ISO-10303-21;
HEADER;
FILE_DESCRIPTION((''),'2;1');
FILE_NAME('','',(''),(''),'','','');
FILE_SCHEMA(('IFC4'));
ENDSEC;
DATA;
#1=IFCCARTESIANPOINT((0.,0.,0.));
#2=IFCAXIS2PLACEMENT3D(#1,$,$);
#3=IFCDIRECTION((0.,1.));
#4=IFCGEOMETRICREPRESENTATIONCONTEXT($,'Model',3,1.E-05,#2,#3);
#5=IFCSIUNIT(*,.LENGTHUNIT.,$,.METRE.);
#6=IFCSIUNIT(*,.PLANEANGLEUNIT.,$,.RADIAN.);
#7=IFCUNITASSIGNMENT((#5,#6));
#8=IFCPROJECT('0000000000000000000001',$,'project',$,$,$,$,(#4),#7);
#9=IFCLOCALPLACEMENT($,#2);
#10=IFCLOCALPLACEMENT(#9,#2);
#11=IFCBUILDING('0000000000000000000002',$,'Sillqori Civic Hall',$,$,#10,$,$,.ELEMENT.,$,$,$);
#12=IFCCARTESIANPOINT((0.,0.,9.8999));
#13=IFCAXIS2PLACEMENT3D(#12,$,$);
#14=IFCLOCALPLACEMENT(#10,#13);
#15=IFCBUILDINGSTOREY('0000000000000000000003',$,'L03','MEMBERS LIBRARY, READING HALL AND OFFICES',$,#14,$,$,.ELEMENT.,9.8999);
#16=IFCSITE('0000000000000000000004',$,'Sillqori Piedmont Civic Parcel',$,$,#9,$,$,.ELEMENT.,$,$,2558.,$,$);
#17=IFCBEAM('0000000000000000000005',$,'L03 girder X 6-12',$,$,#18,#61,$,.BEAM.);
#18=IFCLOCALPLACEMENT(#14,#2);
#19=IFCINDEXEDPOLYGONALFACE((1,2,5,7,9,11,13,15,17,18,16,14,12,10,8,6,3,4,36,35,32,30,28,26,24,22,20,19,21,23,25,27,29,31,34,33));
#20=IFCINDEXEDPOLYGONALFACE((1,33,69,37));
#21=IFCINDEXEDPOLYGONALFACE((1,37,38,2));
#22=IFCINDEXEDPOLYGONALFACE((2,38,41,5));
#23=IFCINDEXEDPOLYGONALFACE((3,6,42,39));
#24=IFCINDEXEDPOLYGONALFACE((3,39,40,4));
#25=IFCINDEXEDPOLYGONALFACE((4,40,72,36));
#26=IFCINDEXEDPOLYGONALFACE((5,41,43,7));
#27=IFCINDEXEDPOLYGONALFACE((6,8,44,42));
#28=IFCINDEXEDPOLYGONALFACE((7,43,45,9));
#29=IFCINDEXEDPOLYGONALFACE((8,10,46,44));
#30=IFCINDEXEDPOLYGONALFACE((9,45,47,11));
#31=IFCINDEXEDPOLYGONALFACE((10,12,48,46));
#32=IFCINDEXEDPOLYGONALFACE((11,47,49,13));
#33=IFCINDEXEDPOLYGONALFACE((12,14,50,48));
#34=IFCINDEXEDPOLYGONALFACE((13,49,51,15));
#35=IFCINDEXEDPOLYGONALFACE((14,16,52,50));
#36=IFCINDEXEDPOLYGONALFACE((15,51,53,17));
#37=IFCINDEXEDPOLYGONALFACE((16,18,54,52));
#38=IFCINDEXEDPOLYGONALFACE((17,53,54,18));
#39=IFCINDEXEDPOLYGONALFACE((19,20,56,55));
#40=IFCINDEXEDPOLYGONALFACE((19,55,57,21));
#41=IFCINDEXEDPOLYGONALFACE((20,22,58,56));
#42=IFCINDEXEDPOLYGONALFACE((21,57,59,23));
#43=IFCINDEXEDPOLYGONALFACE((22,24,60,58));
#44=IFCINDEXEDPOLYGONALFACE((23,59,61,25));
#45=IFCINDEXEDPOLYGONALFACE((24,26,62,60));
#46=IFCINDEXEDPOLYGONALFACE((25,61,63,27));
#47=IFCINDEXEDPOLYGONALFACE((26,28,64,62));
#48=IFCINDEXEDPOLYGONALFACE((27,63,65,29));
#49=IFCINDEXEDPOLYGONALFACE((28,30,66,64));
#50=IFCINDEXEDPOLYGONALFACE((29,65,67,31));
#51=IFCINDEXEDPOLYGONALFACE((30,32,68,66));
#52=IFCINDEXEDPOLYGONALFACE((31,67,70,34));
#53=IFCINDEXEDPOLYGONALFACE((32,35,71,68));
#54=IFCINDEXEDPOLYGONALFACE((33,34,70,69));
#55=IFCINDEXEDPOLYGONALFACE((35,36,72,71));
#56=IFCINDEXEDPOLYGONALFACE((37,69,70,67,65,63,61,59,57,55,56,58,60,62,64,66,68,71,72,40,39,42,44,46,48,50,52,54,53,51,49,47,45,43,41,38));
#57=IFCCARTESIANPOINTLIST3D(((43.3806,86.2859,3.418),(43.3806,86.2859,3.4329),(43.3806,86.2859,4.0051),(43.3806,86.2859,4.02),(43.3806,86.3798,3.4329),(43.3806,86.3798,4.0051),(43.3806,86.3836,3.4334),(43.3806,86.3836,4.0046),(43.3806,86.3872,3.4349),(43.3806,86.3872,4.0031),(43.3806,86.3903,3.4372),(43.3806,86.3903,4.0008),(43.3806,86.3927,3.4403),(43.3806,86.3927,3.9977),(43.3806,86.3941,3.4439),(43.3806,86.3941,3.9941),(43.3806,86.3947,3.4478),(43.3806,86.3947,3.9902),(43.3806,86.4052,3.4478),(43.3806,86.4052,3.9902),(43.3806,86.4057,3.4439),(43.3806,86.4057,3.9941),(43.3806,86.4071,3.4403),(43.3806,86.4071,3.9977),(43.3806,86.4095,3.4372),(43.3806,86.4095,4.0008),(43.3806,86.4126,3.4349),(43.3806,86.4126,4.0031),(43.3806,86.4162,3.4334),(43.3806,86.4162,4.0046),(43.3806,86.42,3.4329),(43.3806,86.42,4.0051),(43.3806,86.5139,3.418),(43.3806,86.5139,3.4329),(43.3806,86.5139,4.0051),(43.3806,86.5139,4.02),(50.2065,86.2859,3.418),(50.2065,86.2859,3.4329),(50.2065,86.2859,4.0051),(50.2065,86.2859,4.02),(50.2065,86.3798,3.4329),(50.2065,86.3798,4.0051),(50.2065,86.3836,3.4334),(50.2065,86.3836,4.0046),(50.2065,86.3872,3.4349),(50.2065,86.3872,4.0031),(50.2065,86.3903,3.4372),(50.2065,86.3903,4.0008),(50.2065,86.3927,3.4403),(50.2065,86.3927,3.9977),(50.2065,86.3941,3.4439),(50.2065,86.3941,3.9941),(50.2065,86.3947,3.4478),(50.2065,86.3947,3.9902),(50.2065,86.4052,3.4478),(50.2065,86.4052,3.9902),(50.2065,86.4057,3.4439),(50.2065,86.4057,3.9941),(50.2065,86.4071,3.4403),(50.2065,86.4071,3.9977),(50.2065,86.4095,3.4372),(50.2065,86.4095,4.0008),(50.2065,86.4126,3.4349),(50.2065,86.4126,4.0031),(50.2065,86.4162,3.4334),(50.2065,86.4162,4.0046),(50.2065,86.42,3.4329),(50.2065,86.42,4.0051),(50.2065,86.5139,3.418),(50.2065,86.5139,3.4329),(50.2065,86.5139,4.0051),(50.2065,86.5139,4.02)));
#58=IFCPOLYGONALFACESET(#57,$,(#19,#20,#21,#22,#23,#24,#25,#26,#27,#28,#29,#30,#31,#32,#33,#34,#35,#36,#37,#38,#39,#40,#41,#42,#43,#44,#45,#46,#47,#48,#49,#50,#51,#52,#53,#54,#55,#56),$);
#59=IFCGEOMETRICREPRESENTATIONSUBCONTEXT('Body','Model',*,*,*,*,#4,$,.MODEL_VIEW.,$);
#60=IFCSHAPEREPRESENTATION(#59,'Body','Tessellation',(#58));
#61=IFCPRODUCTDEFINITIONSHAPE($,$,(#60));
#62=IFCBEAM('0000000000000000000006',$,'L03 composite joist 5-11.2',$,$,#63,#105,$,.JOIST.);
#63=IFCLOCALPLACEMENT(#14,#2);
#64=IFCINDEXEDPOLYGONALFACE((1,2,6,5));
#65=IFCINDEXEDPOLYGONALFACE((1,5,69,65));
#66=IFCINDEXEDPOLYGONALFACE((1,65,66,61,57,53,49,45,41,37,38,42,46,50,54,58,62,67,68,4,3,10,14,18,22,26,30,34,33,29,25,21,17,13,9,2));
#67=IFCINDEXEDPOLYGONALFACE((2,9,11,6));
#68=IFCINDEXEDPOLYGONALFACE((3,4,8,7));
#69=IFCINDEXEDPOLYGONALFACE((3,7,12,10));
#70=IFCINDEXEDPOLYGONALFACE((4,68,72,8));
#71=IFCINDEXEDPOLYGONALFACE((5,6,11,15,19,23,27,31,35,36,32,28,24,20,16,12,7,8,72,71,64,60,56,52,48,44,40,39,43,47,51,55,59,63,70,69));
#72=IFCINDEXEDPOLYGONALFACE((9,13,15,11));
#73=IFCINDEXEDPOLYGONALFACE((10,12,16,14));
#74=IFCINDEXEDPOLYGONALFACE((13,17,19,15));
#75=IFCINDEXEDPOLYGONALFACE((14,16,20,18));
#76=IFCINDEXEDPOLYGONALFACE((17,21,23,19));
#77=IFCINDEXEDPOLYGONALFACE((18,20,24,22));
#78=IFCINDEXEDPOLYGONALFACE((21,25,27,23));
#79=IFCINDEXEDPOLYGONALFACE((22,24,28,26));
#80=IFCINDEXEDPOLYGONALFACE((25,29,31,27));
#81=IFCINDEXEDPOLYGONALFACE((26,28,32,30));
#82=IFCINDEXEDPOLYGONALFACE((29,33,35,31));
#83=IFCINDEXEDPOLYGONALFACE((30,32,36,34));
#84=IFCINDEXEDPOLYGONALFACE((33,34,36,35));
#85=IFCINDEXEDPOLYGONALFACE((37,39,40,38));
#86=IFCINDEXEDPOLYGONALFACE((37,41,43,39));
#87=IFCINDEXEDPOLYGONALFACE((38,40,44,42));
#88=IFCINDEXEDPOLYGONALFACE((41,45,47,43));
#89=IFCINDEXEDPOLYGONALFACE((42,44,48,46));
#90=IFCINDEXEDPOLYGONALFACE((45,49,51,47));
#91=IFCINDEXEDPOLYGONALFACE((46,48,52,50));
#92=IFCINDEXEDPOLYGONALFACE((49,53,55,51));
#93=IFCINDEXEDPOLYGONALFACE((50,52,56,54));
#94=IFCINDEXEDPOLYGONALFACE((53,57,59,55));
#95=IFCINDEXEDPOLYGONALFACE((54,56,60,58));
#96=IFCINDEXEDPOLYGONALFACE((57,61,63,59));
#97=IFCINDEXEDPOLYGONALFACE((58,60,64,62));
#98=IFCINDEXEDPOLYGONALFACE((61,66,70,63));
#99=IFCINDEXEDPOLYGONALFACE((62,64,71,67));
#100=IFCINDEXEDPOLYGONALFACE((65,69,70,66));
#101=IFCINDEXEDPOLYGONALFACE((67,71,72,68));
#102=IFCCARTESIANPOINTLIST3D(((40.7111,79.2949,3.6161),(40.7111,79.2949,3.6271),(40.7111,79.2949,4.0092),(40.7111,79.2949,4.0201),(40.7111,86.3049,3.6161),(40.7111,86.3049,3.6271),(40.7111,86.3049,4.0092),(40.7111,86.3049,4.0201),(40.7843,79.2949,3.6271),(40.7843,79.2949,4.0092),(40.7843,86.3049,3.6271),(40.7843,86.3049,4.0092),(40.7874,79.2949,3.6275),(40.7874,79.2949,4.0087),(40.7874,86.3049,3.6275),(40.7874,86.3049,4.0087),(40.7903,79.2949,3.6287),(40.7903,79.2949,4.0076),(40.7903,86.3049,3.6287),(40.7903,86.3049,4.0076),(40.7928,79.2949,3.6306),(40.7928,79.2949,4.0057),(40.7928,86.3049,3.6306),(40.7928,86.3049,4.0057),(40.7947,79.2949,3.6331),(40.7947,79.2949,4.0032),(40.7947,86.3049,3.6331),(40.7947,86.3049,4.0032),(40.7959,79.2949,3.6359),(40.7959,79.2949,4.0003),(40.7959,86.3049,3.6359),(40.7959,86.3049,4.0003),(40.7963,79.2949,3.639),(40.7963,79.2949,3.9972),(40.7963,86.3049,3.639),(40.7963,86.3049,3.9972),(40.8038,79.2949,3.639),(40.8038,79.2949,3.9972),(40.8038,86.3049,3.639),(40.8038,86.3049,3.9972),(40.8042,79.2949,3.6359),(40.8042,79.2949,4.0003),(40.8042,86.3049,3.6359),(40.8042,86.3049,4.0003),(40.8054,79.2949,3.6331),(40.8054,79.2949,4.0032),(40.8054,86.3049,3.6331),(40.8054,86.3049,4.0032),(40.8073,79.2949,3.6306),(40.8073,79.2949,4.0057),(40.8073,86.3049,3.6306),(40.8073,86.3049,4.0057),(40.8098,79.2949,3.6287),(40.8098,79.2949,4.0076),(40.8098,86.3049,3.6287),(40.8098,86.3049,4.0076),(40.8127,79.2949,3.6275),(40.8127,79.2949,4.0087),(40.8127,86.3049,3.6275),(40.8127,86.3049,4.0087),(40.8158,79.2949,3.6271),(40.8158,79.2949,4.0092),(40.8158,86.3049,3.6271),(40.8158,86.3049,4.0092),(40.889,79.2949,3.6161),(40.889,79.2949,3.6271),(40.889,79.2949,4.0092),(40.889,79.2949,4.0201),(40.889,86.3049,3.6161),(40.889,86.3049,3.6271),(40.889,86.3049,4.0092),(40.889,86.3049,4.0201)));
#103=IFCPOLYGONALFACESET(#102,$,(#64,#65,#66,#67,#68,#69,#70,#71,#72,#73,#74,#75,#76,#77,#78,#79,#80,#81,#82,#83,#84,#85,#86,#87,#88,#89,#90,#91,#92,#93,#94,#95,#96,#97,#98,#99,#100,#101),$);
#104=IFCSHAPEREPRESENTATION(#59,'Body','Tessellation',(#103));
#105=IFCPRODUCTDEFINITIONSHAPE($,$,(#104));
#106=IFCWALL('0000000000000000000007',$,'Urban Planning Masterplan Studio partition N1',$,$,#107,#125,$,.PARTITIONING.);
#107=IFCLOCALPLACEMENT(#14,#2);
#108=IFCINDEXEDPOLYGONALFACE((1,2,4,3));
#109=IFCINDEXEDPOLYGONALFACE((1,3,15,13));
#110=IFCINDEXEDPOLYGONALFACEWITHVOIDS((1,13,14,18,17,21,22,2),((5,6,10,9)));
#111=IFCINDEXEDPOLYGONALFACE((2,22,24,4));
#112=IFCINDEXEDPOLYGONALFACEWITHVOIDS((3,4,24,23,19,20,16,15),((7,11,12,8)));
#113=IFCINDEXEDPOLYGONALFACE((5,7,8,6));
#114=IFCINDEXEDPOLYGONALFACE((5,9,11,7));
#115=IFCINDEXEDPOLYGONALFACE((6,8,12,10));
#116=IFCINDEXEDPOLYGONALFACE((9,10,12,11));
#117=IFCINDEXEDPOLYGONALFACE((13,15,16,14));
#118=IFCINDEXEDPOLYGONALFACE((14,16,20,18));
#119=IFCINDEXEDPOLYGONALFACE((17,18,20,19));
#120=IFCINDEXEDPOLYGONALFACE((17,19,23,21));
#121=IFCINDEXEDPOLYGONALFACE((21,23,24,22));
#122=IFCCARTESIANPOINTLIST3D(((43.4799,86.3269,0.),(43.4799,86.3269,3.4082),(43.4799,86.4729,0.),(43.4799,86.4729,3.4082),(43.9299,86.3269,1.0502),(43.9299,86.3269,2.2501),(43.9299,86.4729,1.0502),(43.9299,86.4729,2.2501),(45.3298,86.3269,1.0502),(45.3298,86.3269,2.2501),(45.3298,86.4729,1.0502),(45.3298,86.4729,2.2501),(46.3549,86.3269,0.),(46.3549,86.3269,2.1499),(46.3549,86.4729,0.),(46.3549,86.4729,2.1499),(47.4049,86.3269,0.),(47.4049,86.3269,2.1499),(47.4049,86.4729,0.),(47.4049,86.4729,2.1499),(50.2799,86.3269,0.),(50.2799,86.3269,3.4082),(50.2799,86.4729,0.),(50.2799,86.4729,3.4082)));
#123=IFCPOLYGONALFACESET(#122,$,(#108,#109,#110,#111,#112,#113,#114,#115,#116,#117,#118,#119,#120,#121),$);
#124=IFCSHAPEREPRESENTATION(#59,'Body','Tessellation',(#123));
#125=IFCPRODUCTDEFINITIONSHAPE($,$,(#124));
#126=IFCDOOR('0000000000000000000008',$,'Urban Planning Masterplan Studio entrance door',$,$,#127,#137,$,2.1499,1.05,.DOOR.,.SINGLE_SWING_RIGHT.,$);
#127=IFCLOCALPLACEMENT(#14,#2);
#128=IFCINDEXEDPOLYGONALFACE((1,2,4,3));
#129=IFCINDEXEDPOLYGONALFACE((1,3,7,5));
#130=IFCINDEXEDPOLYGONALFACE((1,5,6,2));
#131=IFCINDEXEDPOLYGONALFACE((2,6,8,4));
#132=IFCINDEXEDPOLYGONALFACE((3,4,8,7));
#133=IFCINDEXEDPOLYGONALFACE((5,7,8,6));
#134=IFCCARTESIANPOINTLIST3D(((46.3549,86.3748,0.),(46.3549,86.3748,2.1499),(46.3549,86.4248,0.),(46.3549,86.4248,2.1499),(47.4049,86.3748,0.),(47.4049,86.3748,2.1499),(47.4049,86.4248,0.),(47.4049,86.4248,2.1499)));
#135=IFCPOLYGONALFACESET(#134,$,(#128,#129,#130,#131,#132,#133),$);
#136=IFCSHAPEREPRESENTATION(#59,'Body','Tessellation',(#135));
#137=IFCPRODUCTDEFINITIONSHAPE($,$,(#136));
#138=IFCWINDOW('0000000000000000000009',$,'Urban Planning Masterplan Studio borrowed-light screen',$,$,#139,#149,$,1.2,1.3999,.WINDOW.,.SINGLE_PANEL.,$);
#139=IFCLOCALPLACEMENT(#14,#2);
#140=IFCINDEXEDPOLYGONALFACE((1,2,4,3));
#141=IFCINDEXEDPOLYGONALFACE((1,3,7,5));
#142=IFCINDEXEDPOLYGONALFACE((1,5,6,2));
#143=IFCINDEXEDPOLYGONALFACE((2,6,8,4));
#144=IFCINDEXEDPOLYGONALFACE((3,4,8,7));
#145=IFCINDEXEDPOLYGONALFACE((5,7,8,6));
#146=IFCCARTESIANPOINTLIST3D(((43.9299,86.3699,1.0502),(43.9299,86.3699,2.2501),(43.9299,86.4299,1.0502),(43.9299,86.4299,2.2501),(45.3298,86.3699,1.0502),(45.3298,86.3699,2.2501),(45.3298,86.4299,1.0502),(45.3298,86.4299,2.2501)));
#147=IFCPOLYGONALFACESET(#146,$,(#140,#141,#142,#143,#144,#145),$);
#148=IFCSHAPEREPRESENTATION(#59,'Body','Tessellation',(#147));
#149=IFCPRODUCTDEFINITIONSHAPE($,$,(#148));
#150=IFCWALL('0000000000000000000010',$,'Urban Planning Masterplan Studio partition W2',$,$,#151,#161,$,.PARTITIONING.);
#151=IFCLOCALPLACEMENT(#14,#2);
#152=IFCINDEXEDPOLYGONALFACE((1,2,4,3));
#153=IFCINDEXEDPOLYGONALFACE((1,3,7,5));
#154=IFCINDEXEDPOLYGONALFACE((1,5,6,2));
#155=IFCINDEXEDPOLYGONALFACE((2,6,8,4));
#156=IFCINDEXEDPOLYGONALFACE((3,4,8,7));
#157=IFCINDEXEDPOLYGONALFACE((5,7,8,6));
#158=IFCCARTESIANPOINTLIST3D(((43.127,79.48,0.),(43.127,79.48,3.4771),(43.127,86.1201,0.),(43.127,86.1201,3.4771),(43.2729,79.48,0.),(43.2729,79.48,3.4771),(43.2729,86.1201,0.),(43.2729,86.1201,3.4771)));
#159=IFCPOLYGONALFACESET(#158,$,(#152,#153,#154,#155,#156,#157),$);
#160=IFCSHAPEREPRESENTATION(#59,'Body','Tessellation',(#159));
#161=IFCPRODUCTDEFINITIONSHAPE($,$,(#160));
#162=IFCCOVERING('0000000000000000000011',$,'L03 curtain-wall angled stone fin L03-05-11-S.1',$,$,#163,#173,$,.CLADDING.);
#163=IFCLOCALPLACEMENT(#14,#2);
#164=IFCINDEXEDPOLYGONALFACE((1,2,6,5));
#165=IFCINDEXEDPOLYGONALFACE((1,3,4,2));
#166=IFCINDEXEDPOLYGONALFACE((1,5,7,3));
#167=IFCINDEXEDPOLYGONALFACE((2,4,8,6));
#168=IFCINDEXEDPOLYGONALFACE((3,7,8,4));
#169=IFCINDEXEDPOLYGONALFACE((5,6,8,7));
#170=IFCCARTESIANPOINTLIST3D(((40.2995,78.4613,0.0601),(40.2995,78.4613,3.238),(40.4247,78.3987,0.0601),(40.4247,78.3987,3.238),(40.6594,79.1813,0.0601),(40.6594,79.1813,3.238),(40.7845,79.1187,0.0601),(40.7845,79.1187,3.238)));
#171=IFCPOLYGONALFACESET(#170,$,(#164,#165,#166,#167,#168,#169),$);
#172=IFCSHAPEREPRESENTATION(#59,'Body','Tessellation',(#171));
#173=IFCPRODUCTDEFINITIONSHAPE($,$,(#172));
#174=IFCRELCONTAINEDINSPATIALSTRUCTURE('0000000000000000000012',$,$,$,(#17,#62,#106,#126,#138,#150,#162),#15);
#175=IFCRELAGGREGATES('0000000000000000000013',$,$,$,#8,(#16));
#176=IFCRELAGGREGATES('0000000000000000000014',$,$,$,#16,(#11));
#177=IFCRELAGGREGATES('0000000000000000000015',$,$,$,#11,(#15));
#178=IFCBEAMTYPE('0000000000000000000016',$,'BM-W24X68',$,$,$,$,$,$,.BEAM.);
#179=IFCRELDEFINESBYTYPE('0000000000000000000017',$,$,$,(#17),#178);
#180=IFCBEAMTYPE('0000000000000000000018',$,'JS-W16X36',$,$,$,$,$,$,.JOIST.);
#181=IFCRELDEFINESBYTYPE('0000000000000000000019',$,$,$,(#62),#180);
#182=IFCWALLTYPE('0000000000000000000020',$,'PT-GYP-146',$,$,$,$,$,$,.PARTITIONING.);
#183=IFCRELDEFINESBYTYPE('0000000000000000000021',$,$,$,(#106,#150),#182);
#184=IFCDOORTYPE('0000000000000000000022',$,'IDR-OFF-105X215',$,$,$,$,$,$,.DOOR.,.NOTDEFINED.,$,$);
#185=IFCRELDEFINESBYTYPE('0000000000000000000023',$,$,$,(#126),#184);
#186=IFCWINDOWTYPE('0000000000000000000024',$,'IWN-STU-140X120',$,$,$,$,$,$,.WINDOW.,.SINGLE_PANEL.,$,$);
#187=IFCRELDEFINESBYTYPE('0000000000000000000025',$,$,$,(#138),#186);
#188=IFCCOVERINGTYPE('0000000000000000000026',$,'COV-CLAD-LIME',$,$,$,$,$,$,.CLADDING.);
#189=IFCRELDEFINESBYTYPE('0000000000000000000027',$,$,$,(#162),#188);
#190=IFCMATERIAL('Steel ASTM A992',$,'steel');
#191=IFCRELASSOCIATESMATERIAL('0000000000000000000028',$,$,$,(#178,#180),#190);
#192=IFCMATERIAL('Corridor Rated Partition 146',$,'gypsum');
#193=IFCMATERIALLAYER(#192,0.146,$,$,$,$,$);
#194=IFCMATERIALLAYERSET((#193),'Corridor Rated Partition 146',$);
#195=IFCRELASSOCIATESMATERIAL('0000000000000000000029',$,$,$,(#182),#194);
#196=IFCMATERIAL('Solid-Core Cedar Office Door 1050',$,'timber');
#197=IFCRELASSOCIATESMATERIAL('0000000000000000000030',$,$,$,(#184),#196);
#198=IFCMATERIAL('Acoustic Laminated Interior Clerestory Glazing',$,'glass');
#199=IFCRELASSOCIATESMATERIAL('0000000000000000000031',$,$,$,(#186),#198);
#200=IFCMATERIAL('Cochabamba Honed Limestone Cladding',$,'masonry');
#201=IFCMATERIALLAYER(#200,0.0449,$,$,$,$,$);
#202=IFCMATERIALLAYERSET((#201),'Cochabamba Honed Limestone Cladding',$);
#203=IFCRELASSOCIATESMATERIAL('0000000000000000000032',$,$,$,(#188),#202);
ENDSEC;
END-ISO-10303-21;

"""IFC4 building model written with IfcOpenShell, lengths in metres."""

from ifc_helpers import new_model, si_unit, direction, frame, frame_2d, origin, origin_2d, place, context, subcontext, project, spatial, rectangle, i_section, extrude, material, layer, layer_set, material_profile, profile_set, type_object, element, fill, save


model = new_model("IFC4")

# Units and contexts
model_context = context("Model", 3, precision=1e-05, world=origin(), true_north=direction((0.0, 1.0)))
body_context = subcontext(model_context, "Body", "Model", "MODEL_VIEW")
ifc_project = project(units=[si_unit("LENGTHUNIT", "METRE"), si_unit("PLANEANGLEUNIT", "RADIAN")], contexts=[model_context])

# Site, building, storey
site_placement = place(None, origin())
site = spatial("IfcSite", under=ifc_project, at=site_placement, Name="Sillqori Piedmont Civic Parcel", CompositionType="ELEMENT", RefElevation=2558.0)
building_placement = place(site_placement, origin())
building = spatial("IfcBuilding", under=site, at=building_placement, Name="Sillqori Civic Hall", CompositionType="ELEMENT")
storey_placement = place(building_placement, frame((0.0, 0.0, 9.8999)))
storey = spatial("IfcBuildingStorey", under=building, at=storey_placement, Name="L03", Description="MEMBERS LIBRARY, READING HALL AND OFFICES", CompositionType="ELEMENT", Elevation=9.8999)

# Shared definitions
ifc_material_1 = material(Name="Steel ASTM A992", Category="steel")

# Beams
ifc_material_profile_1 = material_profile(ifc_material_1, i_section(OverallWidth=0.228, OverallDepth=0.6021, WebThickness=0.0105, FlangeThickness=0.0149, FilletRadius=0.0149, at=origin_2d()), Name="W24X68")
ifc_profile_set_1 = profile_set([ifc_material_profile_1], Name="Steel ASTM A992")
beam_type_1 = type_object("IfcBeamType", Name="BM-W24X68", PredefinedType="BEAM", material=ifc_profile_set_1)
beam_1_placement = place(storey_placement, frame((43.3806, 86.3999, 3.719), z_axis=(1.0, 0.0, 0.0), x_axis=(0.0, 1.0, 0.0)))
element("IfcBeam", 1, at=beam_1_placement, inside=storey, type_object=beam_type_1, Name="L03 girder X 6-12", PredefinedType="BEAM", context=body_context, shape_type="SweptSolid", body=[
    extrude(i_section(OverallWidth=0.228, OverallDepth=0.6021, WebThickness=0.0105, FlangeThickness=0.0149, FilletRadius=0.0149, at=origin_2d()), origin(), (0.0, 0.0, 1.0), 6.8259),
])
ifc_material_profile_2 = material_profile(ifc_material_1, i_section(OverallWidth=0.178, OverallDepth=0.4041, WebThickness=0.0076, FlangeThickness=0.011, FilletRadius=0.012, at=origin_2d()), Name="W16X36")
ifc_profile_set_2 = profile_set([ifc_material_profile_2], Name="Steel ASTM A992")
beam_type_2 = type_object("IfcBeamType", Name="JS-W16X36", PredefinedType="JOIST", material=ifc_profile_set_2)
beam_2_placement = place(storey_placement, frame((40.8, 79.2949, 3.8181), z_axis=(0.0, 1.0, 0.0), x_axis=(-1.0, 0.0, 0.0)))
element("IfcBeam", 2, at=beam_2_placement, inside=storey, type_object=beam_type_2, Name="L03 composite joist 5-11.2", PredefinedType="JOIST", context=body_context, shape_type="SweptSolid", body=[
    extrude(i_section(OverallWidth=0.178, OverallDepth=0.4041, WebThickness=0.0076, FlangeThickness=0.011, FilletRadius=0.012, at=origin_2d()), origin(), (0.0, 0.0, 1.0), 7.01),
])

# Wall, openings, door, window
ifc_material_2 = material(Name="Corridor Rated Partition 146", Category="gypsum")
ifc_layer_1 = layer(ifc_material_2, 0.146)
ifc_layer_set_1 = layer_set([ifc_layer_1], Name="Corridor Rated Partition 146")
wall_type = type_object("IfcWallType", Name="PT-GYP-146", PredefinedType="PARTITIONING", material=ifc_layer_set_1)
wall_1_placement = place(storey_placement, frame((43.48, 86.3999, 0.0), z_axis=(0.0, 0.0, 1.0), x_axis=(1.0, 0.0, 0.0)))
wall_1 = element("IfcWall", 3, at=wall_1_placement, inside=storey, type_object=wall_type, Name="Urban Planning Masterplan Studio partition N1", PredefinedType="PARTITIONING", context=body_context, shape_type="SweptSolid", body=[
    extrude(rectangle(XDim=6.8, YDim=0.146, at=frame_2d((3.3999, 0.0))), origin(), (0.0, 0.0, 1.0), 3.4082),
])
opening_1_placement = place(wall_1_placement, frame((2.875, 0.0, 0.0)))
opening_1 = element("IfcOpeningElement", 4, at=opening_1_placement, cuts=wall_1, PredefinedType="OPENING", context=body_context, shape_type="SweptSolid", body=[
    extrude(rectangle(XDim=1.05, YDim=2.1499, at=frame_2d((0.5249, 1.075))), frame((0.0, 0.083, 0.0), z_axis=(0.0, -1.0, 0.0), x_axis=(1.0, 0.0, 0.0)), (0.0, 0.0, 1.0), 0.166),
])
opening_2_placement = place(wall_1_placement, frame((0.45, 0.0, 1.05)))
opening_2 = element("IfcOpeningElement", 5, at=opening_2_placement, cuts=wall_1, PredefinedType="OPENING", context=body_context, shape_type="SweptSolid", body=[
    extrude(rectangle(XDim=1.3999, YDim=1.2, at=frame_2d((0.7, 0.6001))), frame((0.0, 0.083, 0.0), z_axis=(0.0, -1.0, 0.0), x_axis=(1.0, 0.0, 0.0)), (0.0, 0.0, 1.0), 0.166),
])
ifc_material_3 = material(Name="Solid-Core Cedar Office Door 1050", Category="timber")
door_type = type_object("IfcDoorType", Name="IDR-OFF-105X215", OperationType="NOTDEFINED", PredefinedType="DOOR", material=ifc_material_3)
door_placement = place(opening_1_placement, origin())
door = element("IfcDoor", 6, at=door_placement, inside=storey, type_object=door_type, Name="Urban Planning Masterplan Studio entrance door", OperationType="SINGLE_SWING_RIGHT", OverallHeight=2.1499, OverallWidth=1.05, PredefinedType="DOOR", context=body_context, shape_type="SweptSolid", body=[
    extrude(rectangle(XDim=1.05, YDim=2.1499, at=frame_2d((0.5249, 1.075))), frame((0.0, 0.0249, 0.0), z_axis=(0.0, -1.0, 0.0), x_axis=(1.0, 0.0, 0.0)), (0.0, 0.0, 1.0), 0.05),
])
fill(opening_1, door)
ifc_material_4 = material(Name="Acoustic Laminated Interior Clerestory Glazing", Category="glass")
window_type = type_object("IfcWindowType", Name="IWN-STU-140X120", PartitioningType="SINGLE_PANEL", PredefinedType="WINDOW", material=ifc_material_4)
window_placement = place(opening_2_placement, origin())
window = element("IfcWindow", 7, at=window_placement, inside=storey, type_object=window_type, Name="Urban Planning Masterplan Studio borrowed-light screen", OverallHeight=1.2, OverallWidth=1.3999, PartitioningType="SINGLE_PANEL", PredefinedType="WINDOW", context=body_context, shape_type="SweptSolid", body=[
    extrude(rectangle(XDim=1.3999, YDim=1.2, at=frame_2d((0.7, 0.6001))), frame((0.0, 0.03, 0.0), z_axis=(0.0, -1.0, 0.0), x_axis=(1.0, 0.0, 0.0)), (0.0, 0.0, 1.0), 0.0601),
])
fill(opening_2, window)

# Wall
wall_2_placement = place(storey_placement, frame((43.2, 79.48, 0.0), z_axis=(0.0, 0.0, 1.0), x_axis=(0.0, 1.0, 0.0)))
element("IfcWall", 8, at=wall_2_placement, inside=storey, type_object=wall_type, Name="Urban Planning Masterplan Studio partition W2", PredefinedType="PARTITIONING", context=body_context, shape_type="SweptSolid", body=[
    extrude(rectangle(XDim=6.6401, YDim=0.146, at=frame_2d((3.3201, 0.0))), origin(), (0.0, 0.0, 1.0), 3.4771),
])

# Covering
ifc_material_5 = material(Name="Cochabamba Honed Limestone Cladding", Category="masonry")
ifc_layer_2 = layer(ifc_material_5, 0.0449)
ifc_layer_set_2 = layer_set([ifc_layer_2], Name="Cochabamba Honed Limestone Cladding")
covering_type = type_object("IfcCoveringType", Name="COV-CLAD-LIME", PredefinedType="CLADDING", material=ifc_layer_set_2)
covering_placement = place(storey_placement, frame((40.7219, 79.1499, 0.0601), z_axis=(0.0, 0.0, 1.0), x_axis=(-0.447092, -0.894488, 0.0)))
element("IfcCovering", 9, at=covering_placement, inside=storey, type_object=covering_type, Name="L03 curtain-wall angled stone fin L03-05-11-S.1", PredefinedType="CLADDING", context=body_context, shape_type="SweptSolid", body=[
    extrude(rectangle(XDim=0.8049, YDim=0.1399, at=frame_2d((0.4023, 0.0))), origin(), (0.0, 0.0, 1.0), 3.178),
])

save(model, "model.ifc")
